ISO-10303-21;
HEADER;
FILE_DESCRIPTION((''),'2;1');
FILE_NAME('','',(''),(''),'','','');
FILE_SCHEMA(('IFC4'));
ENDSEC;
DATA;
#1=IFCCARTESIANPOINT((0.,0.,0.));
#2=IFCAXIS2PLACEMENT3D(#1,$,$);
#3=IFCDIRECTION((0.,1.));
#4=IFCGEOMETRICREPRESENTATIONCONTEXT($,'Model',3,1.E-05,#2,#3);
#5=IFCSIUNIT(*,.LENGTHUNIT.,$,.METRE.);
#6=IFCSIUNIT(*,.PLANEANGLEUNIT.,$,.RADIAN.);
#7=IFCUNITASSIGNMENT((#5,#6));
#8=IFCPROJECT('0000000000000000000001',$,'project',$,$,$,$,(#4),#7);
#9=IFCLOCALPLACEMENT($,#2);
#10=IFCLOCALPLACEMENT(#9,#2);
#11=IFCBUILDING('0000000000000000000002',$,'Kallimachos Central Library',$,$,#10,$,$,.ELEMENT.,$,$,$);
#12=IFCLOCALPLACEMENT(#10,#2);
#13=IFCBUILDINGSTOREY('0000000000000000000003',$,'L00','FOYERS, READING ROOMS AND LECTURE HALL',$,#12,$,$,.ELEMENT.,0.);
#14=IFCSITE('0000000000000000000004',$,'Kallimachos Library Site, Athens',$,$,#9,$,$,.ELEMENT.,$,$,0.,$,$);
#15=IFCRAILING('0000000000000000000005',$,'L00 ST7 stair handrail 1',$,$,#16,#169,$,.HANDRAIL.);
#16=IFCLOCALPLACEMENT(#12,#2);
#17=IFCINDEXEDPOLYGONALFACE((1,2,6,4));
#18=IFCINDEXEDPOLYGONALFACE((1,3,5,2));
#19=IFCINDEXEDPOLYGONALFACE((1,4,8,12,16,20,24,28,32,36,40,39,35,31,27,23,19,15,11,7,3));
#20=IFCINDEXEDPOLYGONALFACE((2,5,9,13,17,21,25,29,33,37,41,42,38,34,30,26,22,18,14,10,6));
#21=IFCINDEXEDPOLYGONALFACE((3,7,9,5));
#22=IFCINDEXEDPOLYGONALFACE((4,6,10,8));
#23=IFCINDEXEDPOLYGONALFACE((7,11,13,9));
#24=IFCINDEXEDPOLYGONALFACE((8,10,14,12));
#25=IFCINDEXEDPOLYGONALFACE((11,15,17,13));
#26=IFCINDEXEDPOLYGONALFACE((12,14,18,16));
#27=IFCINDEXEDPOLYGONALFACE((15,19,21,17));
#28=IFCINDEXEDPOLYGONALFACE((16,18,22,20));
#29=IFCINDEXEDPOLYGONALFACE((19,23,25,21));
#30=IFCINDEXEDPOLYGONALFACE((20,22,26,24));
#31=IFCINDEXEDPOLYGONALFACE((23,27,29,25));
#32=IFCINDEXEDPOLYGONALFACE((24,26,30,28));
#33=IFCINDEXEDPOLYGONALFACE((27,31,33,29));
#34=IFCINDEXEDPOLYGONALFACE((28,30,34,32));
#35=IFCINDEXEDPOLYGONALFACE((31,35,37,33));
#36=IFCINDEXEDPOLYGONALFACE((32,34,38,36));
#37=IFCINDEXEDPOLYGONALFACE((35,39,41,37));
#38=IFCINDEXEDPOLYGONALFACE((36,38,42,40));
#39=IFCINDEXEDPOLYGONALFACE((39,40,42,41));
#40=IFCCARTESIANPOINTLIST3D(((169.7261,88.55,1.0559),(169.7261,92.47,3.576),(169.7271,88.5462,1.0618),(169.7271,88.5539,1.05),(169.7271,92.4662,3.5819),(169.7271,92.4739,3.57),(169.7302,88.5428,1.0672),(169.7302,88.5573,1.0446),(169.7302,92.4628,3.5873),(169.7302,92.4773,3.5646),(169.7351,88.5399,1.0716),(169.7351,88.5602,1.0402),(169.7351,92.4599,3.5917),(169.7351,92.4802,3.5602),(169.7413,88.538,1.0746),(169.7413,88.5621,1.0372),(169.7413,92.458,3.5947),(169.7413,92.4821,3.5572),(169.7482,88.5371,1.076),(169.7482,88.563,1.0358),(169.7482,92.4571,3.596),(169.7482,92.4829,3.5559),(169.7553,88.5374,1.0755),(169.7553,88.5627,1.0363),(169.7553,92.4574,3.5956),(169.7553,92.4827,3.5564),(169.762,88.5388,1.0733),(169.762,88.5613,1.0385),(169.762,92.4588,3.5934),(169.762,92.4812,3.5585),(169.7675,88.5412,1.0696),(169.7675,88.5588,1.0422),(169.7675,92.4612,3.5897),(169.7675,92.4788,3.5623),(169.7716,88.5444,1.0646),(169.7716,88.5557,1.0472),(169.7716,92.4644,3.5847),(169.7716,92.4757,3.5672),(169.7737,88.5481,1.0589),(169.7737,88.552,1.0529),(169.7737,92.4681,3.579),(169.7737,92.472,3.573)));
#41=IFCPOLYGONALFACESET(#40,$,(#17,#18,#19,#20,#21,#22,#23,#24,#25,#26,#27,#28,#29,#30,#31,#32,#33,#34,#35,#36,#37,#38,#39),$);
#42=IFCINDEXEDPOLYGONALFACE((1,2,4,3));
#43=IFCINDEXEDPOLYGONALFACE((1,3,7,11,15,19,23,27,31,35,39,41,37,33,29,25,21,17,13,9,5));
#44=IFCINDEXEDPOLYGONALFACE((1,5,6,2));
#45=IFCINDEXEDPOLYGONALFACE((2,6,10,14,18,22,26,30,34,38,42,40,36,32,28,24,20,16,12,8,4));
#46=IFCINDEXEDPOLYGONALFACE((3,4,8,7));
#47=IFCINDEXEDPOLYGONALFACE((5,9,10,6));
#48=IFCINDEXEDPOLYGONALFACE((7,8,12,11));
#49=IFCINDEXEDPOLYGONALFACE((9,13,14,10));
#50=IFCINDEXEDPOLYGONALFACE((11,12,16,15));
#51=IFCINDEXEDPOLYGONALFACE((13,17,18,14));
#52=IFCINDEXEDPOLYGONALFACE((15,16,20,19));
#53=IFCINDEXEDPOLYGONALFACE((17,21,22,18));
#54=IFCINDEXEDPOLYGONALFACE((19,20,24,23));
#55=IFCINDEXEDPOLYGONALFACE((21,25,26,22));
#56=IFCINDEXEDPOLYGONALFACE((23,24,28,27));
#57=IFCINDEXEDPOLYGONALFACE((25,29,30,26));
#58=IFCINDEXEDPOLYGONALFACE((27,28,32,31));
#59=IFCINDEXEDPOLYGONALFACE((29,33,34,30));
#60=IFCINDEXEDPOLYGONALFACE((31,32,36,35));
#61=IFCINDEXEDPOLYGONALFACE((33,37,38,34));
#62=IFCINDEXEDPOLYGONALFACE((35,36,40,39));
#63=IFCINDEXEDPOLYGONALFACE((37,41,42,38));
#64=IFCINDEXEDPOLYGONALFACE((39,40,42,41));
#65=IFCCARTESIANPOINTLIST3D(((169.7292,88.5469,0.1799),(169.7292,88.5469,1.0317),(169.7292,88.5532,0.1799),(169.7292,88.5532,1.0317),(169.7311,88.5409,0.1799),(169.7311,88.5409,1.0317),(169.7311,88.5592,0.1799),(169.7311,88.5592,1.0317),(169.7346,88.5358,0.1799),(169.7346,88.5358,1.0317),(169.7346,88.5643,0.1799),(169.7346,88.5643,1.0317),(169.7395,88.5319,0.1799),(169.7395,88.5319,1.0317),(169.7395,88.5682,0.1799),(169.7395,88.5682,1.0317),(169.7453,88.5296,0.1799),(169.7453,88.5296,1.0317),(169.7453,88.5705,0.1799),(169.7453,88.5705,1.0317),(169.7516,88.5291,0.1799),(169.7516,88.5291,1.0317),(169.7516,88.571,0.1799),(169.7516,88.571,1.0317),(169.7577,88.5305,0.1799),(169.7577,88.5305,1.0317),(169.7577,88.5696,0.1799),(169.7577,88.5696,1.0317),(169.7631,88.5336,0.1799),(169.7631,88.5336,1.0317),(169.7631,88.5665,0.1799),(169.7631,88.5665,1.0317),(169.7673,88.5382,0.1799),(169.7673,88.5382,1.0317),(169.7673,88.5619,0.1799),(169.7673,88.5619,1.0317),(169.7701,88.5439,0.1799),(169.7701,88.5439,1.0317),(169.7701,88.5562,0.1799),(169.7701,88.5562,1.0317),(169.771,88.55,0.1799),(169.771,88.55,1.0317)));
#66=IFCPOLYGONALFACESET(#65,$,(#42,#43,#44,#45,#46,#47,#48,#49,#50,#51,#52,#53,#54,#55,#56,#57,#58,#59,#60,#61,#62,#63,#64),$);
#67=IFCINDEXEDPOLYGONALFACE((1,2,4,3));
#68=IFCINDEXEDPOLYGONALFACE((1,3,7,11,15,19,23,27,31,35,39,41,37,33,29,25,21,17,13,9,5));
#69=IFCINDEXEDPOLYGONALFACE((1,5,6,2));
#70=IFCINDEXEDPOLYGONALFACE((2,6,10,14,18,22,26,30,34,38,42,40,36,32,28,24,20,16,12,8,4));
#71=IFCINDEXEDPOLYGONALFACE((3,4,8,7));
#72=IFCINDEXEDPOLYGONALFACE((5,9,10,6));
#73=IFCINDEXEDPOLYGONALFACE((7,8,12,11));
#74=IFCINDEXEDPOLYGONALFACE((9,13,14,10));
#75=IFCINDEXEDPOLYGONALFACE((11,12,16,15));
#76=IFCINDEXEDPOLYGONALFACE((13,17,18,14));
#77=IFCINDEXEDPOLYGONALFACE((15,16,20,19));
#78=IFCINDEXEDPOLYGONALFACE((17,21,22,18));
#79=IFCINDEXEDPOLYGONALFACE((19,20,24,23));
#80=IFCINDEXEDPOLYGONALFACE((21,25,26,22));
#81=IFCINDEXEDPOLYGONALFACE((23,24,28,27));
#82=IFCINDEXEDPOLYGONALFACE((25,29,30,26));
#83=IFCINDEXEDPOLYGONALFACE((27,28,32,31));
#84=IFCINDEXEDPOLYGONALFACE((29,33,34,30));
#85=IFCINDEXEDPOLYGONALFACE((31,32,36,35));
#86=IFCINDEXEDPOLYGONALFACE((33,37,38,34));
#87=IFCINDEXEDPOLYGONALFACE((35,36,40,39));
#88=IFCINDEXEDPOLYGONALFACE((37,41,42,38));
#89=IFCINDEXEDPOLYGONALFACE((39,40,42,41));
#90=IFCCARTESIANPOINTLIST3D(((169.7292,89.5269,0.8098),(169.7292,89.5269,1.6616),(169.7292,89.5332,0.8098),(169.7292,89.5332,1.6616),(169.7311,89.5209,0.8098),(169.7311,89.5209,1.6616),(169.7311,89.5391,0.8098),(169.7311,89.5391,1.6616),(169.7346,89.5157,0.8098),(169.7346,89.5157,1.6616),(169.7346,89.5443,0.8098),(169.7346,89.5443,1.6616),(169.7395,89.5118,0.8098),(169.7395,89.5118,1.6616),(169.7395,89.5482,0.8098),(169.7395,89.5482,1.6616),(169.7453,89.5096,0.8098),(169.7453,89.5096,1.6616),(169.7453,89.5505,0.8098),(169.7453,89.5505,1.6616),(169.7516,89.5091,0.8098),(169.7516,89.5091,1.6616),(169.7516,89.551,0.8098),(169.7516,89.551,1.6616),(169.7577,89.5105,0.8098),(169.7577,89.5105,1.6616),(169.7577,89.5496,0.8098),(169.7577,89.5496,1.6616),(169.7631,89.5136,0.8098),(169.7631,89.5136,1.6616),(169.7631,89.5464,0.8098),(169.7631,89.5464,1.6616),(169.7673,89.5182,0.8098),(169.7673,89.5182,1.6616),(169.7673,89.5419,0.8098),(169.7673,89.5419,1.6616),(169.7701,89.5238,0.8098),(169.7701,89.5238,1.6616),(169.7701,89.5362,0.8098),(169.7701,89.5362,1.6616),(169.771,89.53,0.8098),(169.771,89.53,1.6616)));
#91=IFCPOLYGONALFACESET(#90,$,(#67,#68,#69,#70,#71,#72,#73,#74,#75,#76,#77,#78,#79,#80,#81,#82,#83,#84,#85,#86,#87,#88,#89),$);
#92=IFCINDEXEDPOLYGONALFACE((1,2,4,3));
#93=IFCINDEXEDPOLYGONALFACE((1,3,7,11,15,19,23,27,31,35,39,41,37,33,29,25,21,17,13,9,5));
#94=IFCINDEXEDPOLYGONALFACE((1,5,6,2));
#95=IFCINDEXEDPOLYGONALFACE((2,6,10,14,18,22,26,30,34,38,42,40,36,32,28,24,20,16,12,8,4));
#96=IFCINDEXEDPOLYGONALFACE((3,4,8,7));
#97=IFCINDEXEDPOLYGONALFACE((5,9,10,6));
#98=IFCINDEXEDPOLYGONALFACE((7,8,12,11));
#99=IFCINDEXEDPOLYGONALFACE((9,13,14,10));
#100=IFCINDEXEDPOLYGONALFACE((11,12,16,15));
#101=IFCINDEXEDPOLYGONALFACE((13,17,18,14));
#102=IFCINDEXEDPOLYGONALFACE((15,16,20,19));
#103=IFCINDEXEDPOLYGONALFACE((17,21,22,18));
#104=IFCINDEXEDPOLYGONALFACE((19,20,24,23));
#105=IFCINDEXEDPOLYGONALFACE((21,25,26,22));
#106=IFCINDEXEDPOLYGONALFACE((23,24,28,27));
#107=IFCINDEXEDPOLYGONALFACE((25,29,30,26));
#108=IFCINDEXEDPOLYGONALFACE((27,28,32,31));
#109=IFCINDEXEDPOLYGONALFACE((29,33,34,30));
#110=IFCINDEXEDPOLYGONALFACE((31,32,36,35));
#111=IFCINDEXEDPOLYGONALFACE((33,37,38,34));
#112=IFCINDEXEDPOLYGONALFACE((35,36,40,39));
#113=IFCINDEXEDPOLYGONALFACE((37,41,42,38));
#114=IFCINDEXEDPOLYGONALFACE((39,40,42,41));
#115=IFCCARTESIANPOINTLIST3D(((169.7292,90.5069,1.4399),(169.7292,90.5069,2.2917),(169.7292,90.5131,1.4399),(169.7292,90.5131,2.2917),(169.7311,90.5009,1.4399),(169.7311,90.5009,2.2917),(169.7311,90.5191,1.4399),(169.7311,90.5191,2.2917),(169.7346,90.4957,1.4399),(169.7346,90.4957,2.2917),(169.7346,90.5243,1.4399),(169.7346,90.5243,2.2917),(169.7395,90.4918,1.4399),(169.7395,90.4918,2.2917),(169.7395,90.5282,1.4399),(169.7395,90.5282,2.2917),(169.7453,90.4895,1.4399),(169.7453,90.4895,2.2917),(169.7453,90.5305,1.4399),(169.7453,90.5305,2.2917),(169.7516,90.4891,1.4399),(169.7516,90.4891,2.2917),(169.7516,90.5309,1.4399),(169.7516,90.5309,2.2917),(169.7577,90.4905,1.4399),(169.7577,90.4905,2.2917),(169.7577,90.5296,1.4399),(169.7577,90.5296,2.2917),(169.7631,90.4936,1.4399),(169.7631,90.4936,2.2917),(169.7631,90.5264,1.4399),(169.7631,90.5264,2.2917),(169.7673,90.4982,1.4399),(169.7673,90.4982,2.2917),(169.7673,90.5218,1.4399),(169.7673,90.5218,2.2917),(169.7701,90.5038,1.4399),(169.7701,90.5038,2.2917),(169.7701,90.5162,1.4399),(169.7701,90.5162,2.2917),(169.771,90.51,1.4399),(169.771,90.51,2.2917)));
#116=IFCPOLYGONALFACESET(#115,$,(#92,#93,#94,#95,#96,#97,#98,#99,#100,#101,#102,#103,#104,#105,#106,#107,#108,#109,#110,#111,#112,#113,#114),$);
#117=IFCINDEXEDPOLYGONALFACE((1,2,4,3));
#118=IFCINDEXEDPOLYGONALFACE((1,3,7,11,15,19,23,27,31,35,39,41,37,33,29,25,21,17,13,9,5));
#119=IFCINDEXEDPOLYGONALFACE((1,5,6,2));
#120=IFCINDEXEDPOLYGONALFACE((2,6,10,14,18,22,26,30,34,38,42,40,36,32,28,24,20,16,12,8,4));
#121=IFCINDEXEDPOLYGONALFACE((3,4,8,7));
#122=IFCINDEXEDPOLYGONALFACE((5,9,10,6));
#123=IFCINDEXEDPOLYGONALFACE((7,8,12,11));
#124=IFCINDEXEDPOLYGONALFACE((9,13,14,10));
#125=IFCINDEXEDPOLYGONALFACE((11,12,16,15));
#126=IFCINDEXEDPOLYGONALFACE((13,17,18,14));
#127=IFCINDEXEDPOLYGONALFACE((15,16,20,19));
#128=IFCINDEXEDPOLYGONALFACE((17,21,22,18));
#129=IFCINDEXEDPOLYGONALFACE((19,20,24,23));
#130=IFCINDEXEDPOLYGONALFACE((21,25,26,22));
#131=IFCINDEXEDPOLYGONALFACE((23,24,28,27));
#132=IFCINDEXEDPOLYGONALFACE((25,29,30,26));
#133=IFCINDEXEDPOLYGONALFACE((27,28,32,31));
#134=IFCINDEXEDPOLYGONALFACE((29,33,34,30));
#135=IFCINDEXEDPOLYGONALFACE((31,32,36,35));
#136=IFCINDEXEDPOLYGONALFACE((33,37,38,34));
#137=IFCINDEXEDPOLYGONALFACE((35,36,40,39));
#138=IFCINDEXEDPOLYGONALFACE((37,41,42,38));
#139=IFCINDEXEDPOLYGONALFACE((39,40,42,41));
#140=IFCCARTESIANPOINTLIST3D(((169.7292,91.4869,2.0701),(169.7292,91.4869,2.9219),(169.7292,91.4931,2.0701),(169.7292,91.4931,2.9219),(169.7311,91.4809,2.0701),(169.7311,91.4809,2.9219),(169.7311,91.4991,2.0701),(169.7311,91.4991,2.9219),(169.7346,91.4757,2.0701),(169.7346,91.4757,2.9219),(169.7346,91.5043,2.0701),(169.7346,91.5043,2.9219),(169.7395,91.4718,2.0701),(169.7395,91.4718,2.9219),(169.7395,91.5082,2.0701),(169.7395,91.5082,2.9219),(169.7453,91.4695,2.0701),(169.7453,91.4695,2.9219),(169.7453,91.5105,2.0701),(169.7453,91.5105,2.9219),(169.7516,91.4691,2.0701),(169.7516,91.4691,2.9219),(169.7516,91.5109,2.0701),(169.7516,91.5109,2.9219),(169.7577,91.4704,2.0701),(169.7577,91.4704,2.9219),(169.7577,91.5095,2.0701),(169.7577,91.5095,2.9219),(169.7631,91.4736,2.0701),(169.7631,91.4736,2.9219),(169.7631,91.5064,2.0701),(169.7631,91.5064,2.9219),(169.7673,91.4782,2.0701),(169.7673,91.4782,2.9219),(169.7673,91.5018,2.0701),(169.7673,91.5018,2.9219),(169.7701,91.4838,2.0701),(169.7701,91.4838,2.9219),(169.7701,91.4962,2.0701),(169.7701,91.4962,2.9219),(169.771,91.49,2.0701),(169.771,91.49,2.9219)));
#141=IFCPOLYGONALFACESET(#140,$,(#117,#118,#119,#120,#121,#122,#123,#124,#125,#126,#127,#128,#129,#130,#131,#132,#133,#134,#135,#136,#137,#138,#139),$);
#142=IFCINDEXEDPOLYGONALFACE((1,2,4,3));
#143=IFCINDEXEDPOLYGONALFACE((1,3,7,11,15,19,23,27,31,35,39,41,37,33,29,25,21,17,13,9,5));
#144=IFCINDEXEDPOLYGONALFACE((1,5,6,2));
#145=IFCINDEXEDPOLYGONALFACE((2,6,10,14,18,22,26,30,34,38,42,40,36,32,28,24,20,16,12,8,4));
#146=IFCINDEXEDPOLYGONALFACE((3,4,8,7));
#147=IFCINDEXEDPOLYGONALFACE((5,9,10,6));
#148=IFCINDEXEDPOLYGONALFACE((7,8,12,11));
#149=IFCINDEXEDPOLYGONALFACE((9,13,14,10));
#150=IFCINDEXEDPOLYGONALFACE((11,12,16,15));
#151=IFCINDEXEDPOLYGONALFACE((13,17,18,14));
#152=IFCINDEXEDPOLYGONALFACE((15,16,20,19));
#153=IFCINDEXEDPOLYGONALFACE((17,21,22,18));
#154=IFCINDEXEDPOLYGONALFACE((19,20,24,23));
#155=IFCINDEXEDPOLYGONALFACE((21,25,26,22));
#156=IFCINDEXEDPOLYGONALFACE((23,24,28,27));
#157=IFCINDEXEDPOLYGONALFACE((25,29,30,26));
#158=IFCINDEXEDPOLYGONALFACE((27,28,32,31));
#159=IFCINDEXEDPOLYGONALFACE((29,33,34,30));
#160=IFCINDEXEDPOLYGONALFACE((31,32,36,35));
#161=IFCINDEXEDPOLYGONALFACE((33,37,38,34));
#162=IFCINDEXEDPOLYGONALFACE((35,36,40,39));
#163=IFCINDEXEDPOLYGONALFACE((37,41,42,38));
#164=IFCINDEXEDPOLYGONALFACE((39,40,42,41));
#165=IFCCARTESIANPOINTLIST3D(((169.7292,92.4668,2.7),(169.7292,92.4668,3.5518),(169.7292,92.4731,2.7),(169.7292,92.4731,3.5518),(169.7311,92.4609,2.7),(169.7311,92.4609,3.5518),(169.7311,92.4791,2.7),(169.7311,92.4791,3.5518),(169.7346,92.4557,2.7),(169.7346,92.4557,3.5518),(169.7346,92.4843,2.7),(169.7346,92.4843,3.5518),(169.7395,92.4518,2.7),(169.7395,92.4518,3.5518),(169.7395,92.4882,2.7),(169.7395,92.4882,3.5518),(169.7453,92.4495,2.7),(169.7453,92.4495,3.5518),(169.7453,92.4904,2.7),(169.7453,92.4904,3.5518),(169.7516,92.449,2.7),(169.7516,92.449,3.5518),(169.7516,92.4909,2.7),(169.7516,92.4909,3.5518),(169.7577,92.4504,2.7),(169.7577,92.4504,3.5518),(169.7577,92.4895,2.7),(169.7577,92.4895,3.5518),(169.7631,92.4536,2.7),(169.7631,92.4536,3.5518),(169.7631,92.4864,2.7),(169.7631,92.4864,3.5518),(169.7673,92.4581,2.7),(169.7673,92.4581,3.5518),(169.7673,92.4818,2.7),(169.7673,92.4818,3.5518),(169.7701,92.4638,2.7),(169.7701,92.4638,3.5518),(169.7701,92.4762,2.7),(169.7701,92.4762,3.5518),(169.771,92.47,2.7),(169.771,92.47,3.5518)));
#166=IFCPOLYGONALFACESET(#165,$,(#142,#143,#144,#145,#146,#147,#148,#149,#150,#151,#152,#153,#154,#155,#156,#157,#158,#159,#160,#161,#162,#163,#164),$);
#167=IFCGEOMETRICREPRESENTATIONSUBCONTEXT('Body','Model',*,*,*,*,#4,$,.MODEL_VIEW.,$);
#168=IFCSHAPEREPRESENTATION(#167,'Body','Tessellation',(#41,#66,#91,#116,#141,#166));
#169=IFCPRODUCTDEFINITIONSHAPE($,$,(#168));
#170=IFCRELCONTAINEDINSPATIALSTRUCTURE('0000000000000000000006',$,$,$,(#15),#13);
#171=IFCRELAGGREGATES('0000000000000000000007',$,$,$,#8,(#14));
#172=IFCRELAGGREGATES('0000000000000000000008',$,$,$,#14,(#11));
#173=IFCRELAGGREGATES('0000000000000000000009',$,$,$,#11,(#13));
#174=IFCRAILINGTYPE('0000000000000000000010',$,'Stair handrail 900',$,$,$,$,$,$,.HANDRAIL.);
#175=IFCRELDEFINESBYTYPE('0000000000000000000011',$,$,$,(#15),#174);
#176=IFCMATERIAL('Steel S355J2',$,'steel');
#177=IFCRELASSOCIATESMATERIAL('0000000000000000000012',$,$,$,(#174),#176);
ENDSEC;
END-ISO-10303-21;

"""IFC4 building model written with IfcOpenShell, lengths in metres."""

from ifc_helpers import new_model, si_unit, direction, frame, origin, origin_2d, place, context, subcontext, project, spatial, circle, extrude, material, type_object, element, save


model = new_model("IFC4")

# Units and contexts
model_context = context("Model", 3, precision=1e-05, world=origin(), true_north=direction((0.0, 1.0)))
body_context = subcontext(model_context, "Body", "Model", "MODEL_VIEW")
ifc_project = project(units=[si_unit("LENGTHUNIT", "METRE"), si_unit("PLANEANGLEUNIT", "RADIAN")], contexts=[model_context])

# Site, building, storey
site_placement = place(None, origin())
site = spatial("IfcSite", under=ifc_project, at=site_placement, Name="Kallimachos Library Site, Athens", CompositionType="ELEMENT", RefElevation=0.0)
building_placement = place(site_placement, origin())
building = spatial("IfcBuilding", under=site, at=building_placement, Name="Kallimachos Central Library", CompositionType="ELEMENT")
storey_placement = place(building_placement, origin())
storey = spatial("IfcBuildingStorey", under=building, at=storey_placement, Name="L00", Description="FOYERS, READING ROOMS AND LECTURE HALL", CompositionType="ELEMENT", Elevation=0.0)

# Railing
ifc_material_1 = material(Name="Steel S355J2", Category="steel")
railing_type_1 = type_object("IfcRailingType", Name="Stair handrail 900", PredefinedType="HANDRAIL", material=ifc_material_1)
railing_1_placement = place(storey_placement, frame((169.75, 88.55, 0.1799)))
element("IfcRailing", 1, at=railing_1_placement, inside=storey, type_object=railing_type_1, Name="L00 ST7 stair handrail 1", PredefinedType="HANDRAIL", context=body_context, shape_type="SweptSolid", body=[
    extrude(circle(Radius=0.0239, at=origin_2d()), frame((0.0, 0.0, 0.876), z_axis=(0.0, 0.841172, 0.540768), x_axis=(-1.0, 0.0, 0.0)), (0.0, 0.0, 1.0), 4.6602),
    extrude(circle(Radius=0.021, at=origin_2d()), origin(), (0.0, 0.0, 1.0), 0.8518),
    extrude(circle(Radius=0.021, at=origin_2d()), frame((0.0, 0.98, 0.6299)), (0.0, 0.0, 1.0), 0.8518),
    extrude(circle(Radius=0.021, at=origin_2d()), frame((0.0, 1.96, 1.26)), (0.0, 0.0, 1.0), 0.8518),
    extrude(circle(Radius=0.021, at=origin_2d()), frame((0.0, 2.9399, 1.8901)), (0.0, 0.0, 1.0), 0.8518),
    extrude(circle(Radius=0.021, at=origin_2d()), frame((0.0, 3.9199, 2.52)), (0.0, 0.0, 1.0), 0.8518),
])

save(model, "model.ifc")
